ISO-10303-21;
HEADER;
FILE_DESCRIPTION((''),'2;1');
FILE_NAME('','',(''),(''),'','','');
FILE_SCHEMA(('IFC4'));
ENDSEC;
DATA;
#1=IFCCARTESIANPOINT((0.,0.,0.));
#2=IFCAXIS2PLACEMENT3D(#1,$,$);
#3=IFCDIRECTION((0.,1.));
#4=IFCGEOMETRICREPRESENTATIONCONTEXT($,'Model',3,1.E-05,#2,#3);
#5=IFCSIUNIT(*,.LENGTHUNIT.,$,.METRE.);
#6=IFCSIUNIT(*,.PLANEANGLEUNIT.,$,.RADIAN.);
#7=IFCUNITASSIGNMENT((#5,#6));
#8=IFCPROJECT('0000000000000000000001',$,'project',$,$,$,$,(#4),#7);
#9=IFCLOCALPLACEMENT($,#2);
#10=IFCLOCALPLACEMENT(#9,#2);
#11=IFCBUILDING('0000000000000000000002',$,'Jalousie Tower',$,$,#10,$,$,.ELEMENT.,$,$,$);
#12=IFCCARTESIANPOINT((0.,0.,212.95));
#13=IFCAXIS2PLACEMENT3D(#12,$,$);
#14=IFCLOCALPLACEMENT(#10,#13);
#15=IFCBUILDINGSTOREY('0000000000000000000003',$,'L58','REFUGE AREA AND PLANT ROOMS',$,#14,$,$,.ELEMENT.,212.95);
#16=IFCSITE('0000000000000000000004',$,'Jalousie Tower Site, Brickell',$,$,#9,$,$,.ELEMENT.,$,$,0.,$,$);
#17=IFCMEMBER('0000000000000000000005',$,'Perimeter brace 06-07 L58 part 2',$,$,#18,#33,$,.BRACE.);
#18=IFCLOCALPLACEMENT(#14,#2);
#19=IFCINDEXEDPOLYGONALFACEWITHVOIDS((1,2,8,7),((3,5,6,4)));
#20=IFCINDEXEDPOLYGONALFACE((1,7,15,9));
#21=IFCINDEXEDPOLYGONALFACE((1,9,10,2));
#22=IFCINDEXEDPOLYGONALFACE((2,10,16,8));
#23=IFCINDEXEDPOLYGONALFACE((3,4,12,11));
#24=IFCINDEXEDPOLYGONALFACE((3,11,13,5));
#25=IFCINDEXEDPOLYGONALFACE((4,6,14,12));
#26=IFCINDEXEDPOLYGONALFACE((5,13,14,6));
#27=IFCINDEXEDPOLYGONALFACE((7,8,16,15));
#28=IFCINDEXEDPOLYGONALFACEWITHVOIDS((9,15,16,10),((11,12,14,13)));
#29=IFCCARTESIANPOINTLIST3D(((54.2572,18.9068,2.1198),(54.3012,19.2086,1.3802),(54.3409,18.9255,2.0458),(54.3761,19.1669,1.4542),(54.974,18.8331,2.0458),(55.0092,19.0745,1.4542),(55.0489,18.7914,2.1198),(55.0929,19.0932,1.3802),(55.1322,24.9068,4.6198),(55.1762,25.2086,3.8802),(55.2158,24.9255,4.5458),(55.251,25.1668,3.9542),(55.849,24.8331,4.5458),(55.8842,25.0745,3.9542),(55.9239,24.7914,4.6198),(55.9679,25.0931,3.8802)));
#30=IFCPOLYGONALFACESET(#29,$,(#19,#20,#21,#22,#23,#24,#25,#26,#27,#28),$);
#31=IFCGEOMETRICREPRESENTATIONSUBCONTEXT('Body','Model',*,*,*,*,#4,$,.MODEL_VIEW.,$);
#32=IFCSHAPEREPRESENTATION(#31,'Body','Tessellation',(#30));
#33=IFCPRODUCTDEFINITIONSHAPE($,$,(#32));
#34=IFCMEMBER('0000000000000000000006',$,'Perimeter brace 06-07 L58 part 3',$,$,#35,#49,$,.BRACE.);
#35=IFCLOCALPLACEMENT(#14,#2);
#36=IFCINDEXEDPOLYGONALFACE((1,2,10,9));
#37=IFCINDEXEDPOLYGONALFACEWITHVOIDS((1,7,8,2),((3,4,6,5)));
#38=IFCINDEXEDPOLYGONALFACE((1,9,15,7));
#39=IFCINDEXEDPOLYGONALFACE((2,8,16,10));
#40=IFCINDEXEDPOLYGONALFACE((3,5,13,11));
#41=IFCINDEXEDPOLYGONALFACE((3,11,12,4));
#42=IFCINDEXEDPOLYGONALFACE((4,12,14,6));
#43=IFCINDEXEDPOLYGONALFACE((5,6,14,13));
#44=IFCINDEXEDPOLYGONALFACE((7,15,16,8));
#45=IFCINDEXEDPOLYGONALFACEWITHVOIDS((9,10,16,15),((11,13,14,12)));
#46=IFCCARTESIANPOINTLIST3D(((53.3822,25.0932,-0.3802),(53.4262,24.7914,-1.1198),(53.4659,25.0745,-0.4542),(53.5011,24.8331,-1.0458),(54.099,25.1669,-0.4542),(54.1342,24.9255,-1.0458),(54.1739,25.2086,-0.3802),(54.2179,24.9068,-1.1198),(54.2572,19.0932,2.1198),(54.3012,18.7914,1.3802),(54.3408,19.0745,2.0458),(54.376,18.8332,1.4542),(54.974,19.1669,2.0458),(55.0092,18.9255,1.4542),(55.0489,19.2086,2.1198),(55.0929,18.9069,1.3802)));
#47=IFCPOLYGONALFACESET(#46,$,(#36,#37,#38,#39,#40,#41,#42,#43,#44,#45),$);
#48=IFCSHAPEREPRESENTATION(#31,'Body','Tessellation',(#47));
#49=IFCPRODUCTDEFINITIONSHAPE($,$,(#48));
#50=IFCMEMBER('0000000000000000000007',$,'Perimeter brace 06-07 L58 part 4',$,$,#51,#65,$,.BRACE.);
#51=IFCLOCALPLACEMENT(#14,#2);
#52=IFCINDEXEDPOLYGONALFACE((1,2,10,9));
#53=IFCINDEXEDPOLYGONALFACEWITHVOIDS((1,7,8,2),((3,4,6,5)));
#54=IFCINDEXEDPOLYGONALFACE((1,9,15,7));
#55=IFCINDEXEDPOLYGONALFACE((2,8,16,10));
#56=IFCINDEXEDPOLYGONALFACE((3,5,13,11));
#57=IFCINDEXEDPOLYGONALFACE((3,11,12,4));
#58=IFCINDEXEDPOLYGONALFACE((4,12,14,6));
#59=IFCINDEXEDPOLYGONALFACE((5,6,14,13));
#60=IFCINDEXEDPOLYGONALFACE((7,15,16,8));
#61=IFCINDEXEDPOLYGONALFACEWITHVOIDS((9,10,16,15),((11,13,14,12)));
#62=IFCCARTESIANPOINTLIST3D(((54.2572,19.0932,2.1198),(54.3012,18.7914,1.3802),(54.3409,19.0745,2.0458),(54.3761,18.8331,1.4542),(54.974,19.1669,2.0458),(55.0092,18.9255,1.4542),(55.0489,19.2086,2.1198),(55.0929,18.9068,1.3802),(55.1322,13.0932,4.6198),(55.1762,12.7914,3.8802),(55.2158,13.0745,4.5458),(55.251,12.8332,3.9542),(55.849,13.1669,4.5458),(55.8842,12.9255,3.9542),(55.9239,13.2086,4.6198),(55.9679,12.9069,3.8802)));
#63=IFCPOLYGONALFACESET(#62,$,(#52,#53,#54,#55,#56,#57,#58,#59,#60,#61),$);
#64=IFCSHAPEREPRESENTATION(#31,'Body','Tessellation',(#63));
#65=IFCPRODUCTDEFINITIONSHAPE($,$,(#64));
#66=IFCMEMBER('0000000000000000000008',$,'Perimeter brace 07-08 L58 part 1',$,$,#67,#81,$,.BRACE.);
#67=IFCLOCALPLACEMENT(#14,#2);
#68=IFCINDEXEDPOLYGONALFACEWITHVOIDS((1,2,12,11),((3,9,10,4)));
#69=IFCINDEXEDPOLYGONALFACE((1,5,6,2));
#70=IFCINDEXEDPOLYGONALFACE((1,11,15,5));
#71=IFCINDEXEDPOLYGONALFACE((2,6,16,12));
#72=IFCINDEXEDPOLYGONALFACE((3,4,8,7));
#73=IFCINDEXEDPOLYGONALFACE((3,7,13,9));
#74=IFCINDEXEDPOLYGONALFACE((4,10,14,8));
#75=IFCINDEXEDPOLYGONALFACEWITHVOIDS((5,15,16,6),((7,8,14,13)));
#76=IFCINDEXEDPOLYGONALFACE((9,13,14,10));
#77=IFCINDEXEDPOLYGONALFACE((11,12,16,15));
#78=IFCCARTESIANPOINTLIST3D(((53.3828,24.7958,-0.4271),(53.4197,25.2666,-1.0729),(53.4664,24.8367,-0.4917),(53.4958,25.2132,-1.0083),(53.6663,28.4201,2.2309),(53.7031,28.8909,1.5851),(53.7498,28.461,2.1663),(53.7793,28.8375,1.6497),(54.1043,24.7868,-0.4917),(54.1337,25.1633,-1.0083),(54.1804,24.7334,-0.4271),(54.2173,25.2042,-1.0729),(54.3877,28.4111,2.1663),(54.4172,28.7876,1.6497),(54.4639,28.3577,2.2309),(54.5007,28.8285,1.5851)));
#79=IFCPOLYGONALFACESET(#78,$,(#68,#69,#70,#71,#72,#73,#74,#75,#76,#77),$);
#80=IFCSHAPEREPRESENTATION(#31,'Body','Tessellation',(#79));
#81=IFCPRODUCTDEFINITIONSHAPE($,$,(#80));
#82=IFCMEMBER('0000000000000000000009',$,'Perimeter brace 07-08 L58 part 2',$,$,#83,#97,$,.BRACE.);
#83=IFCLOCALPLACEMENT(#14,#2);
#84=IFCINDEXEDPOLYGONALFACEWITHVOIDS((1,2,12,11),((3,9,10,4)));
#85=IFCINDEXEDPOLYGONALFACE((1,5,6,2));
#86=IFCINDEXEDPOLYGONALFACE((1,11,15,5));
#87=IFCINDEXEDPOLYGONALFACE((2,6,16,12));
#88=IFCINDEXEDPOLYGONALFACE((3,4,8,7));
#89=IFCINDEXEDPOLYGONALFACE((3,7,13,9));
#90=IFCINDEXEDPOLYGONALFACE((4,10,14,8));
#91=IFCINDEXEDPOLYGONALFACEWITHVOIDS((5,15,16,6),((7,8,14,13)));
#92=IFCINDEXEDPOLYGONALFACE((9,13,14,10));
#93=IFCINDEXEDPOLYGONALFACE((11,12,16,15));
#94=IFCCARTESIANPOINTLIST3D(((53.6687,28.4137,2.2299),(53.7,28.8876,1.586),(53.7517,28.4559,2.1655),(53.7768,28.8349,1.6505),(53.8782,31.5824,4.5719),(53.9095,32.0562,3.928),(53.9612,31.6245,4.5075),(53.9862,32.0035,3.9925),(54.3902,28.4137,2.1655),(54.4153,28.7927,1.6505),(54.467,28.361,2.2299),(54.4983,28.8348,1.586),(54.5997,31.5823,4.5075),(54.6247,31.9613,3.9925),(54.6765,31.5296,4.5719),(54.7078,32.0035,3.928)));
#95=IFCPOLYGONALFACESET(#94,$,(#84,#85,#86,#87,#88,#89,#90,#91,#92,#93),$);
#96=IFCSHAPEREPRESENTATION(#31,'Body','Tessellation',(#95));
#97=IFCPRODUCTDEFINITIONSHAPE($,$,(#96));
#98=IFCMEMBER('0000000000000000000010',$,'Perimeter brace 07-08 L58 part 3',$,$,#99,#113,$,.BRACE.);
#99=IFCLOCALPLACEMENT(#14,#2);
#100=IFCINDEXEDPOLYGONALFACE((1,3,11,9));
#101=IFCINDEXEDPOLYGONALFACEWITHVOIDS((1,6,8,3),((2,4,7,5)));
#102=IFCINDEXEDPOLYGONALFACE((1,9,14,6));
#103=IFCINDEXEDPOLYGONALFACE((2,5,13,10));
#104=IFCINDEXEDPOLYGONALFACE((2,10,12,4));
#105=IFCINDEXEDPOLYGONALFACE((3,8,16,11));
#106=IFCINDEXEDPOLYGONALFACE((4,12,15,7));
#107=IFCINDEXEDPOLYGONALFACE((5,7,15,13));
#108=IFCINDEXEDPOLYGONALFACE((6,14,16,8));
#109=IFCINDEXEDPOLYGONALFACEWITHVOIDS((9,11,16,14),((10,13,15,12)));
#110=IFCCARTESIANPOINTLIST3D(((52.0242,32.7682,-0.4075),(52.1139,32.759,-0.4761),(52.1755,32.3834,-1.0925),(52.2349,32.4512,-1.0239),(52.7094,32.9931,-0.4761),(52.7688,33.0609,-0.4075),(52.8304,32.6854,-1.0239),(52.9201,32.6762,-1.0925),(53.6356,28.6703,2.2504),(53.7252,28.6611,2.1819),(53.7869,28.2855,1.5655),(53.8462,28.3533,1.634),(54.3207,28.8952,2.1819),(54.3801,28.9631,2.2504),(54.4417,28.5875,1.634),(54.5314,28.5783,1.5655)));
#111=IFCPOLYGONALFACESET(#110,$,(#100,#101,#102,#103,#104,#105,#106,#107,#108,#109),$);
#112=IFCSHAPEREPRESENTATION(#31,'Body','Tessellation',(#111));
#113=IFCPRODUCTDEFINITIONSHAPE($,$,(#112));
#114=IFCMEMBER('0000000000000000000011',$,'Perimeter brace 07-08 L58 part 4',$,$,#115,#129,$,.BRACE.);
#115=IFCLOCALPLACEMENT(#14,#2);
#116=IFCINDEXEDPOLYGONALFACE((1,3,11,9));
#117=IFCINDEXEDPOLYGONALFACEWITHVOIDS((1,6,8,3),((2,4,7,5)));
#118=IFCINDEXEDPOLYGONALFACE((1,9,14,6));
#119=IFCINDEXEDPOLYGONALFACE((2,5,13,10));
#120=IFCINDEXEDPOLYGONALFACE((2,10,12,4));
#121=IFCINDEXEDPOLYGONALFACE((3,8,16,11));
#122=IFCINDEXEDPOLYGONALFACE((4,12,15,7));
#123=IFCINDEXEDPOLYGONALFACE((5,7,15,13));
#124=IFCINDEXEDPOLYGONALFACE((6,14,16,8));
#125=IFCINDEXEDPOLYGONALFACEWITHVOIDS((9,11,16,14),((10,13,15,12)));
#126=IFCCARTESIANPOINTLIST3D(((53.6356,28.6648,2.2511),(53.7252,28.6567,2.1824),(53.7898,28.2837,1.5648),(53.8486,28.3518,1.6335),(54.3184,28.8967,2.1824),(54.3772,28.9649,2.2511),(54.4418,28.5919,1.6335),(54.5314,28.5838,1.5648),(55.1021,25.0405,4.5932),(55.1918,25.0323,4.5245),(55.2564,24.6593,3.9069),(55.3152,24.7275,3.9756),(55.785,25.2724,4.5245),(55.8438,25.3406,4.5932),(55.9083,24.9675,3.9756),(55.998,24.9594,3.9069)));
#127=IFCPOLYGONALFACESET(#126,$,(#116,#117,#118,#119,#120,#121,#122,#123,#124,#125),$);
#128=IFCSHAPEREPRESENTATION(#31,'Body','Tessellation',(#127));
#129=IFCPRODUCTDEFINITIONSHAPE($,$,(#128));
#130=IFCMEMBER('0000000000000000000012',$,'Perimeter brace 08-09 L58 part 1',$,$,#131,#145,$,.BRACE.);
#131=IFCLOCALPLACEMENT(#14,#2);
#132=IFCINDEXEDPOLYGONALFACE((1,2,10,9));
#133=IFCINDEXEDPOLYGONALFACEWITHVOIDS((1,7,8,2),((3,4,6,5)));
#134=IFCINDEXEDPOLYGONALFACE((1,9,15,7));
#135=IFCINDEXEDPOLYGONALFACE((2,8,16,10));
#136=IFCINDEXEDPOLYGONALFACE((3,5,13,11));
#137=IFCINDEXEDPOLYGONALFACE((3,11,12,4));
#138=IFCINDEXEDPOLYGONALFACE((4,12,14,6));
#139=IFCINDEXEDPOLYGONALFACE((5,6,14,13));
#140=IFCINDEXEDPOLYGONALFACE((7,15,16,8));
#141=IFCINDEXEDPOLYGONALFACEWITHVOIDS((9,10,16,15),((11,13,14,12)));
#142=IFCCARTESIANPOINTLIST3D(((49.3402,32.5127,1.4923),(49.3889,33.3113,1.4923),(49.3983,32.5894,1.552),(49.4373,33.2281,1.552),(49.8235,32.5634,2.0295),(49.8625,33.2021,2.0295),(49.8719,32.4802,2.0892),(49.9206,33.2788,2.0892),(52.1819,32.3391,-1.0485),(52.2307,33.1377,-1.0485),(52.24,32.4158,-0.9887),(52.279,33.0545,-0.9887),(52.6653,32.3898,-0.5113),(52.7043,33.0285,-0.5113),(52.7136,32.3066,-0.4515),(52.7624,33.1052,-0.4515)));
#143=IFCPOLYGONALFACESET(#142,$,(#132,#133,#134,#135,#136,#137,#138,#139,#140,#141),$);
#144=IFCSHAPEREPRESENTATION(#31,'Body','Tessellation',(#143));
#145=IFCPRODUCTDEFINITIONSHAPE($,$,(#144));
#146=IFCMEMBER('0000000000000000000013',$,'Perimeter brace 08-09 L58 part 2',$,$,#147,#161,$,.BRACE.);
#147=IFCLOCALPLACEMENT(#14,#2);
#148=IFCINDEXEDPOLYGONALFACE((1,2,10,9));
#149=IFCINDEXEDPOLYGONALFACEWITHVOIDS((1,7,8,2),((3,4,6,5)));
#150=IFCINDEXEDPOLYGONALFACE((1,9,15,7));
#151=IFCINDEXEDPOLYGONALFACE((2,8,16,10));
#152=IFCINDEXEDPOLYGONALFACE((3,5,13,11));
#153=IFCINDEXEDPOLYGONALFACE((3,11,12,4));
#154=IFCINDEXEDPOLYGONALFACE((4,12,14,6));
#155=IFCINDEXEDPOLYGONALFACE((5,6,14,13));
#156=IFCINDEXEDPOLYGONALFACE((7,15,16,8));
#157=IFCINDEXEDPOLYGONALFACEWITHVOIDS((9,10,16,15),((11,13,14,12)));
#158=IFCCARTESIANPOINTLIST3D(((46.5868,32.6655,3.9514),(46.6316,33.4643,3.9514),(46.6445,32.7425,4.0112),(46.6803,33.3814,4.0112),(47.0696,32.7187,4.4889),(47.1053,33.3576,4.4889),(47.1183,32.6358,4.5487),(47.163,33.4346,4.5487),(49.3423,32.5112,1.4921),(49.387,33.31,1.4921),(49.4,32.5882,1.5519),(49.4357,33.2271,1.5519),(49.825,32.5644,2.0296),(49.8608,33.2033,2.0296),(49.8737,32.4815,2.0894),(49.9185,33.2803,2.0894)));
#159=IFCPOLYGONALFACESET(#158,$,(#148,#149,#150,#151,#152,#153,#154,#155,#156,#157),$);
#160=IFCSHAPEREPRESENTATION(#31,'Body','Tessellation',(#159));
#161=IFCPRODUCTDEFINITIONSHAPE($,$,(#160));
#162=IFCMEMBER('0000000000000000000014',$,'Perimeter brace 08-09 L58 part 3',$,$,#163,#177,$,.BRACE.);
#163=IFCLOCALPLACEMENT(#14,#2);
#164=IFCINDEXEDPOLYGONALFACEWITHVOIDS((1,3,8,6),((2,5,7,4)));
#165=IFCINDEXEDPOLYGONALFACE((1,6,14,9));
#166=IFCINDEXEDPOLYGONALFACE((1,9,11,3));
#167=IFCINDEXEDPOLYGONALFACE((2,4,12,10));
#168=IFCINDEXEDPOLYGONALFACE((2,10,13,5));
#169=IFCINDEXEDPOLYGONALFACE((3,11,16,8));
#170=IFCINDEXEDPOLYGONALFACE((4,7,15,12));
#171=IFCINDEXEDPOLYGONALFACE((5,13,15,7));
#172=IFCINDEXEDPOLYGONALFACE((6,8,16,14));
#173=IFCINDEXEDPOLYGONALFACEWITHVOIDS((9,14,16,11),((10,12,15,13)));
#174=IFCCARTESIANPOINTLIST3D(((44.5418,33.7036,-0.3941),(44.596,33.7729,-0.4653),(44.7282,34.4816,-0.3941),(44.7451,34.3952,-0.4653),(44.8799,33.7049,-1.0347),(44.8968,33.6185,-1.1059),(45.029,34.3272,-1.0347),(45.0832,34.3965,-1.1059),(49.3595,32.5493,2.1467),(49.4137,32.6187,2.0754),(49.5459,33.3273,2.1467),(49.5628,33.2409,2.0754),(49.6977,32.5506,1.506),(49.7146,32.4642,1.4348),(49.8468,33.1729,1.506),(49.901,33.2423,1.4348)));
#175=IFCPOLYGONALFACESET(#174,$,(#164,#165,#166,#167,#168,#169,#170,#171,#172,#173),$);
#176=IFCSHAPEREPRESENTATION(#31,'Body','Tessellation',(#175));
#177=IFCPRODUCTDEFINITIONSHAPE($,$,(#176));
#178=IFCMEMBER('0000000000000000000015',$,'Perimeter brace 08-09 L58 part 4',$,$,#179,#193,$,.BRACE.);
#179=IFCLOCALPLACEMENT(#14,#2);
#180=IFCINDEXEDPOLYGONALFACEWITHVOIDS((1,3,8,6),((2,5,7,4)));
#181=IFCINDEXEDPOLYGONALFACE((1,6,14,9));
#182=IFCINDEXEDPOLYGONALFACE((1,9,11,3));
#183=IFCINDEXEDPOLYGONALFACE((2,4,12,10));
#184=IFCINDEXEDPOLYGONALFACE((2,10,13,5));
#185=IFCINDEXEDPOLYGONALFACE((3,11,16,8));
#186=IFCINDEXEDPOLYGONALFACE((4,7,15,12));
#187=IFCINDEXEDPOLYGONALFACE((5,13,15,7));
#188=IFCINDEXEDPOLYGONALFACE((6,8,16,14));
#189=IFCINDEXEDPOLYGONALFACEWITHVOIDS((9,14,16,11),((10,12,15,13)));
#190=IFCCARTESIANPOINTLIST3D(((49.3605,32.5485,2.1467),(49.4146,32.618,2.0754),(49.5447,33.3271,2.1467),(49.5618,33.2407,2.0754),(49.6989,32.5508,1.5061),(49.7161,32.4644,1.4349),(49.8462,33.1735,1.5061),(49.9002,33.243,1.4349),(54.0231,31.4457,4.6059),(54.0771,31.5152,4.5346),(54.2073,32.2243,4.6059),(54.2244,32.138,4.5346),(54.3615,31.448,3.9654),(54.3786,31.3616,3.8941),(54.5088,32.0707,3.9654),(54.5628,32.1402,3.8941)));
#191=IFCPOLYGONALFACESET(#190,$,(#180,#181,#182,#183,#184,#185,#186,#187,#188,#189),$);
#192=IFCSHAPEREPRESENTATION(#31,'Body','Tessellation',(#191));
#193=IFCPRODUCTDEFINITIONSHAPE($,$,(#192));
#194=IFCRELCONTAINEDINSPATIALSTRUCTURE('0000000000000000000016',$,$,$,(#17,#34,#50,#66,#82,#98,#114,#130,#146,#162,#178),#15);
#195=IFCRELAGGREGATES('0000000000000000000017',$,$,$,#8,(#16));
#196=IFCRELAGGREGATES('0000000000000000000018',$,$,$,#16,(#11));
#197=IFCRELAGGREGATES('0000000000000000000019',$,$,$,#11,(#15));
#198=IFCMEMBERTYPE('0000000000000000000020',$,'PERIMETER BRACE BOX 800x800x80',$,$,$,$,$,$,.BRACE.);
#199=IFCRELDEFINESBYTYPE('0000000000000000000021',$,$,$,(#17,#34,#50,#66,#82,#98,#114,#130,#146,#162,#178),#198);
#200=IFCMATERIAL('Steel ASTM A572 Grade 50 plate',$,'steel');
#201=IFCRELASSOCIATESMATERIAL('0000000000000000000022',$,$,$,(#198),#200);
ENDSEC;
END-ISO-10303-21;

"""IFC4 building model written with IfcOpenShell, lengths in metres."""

from ifc_helpers import new_model, si_unit, direction, frame, origin, origin_2d, place, context, subcontext, project, spatial, hollow_rectangle, extrude, material, material_profile, profile_set, type_object, element, save


model = new_model("IFC4")

# Units and contexts
model_context = context("Model", 3, precision=1e-05, world=origin(), true_north=direction((0.0, 1.0)))
body_context = subcontext(model_context, "Body", "Model", "MODEL_VIEW")
ifc_project = project(units=[si_unit("LENGTHUNIT", "METRE"), si_unit("PLANEANGLEUNIT", "RADIAN")], contexts=[model_context])

# Site, building, storey
site_placement = place(None, origin())
site = spatial("IfcSite", under=ifc_project, at=site_placement, Name="Jalousie Tower Site, Brickell", CompositionType="ELEMENT", RefElevation=0.0)
building_placement = place(site_placement, origin())
building = spatial("IfcBuilding", under=site, at=building_placement, Name="Jalousie Tower", CompositionType="ELEMENT")
storey_placement = place(building_placement, frame((0.0, 0.0, 212.95)))
storey = spatial("IfcBuildingStorey", under=building, at=storey_placement, Name="L58", Description="REFUGE AREA AND PLANT ROOMS", CompositionType="ELEMENT", Elevation=212.95)

# Members
ifc_material_1 = material(Name="Steel ASTM A572 Grade 50 plate", Category="steel")
ifc_material_profile_1 = material_profile(ifc_material_1, hollow_rectangle(XDim=0.8, YDim=0.8, WallThickness=0.0801, at=origin_2d()), Name="BOX 800x800x80")
ifc_profile_set_1 = profile_set([ifc_material_profile_1], Name="Steel ASTM A572 Grade 50 plate")
member_type_1 = type_object("IfcMemberType", Name="PERIMETER BRACE BOX 800x800x80", PredefinedType="BRACE", material=ifc_profile_set_1)
for number, where, z_axis, x_axis, name in (
    (1, (54.675, 19.0, 1.75), (0.133412, 0.914825, 0.381177), (-0.989533, 0.144307, 0.0), "Perimeter brace 06-07 L58 part 2"),
    (2, (53.8, 25.0, -0.75), (0.133412, -0.914825, 0.381177), (0.989533, 0.144307, 0.0), "Perimeter brace 06-07 L58 part 3"),
    (3, (54.675, 19.0, 1.75), (0.133412, -0.914825, 0.381177), (0.989533, 0.144307, 0.0), "Perimeter brace 06-07 L58 part 4"),
):
    element("IfcMember", number, at=place(storey_placement, frame(where, z_axis=z_axis, x_axis=x_axis)), inside=storey, type_object=member_type_1, Name=name, PredefinedType="BRACE", context=body_context, shape_type="SweptSolid", body=[
        extrude(hollow_rectangle(XDim=0.8, YDim=0.8, WallThickness=0.0801, at=origin_2d()), origin(), (0.0, 0.0, 1.0), 6.5586),
    ])
member_1_placement = place(storey_placement, frame((53.8, 25.0, -0.75), z_axis=(0.062941, 0.804789, 0.590215), x_axis=(-0.996956, 0.07797, 0.0)))
element("IfcMember", 4, at=member_1_placement, inside=storey, type_object=member_type_1, Name="Perimeter brace 07-08 L58 part 1", PredefinedType="BRACE", context=body_context, shape_type="SweptSolid", body=[
    extrude(hollow_rectangle(XDim=0.8, YDim=0.8, WallThickness=0.0801, at=origin_2d()), origin(), (0.0, 0.0, 1.0), 4.5034),
])
member_2_placement = place(storey_placement, frame((54.0835, 28.6243, 1.908), z_axis=(0.053087, 0.803047, 0.593546), x_axis=(-0.997822, 0.065963, 0.0)))
element("IfcMember", 5, at=member_2_placement, inside=storey, type_object=member_type_1, Name="Perimeter brace 07-08 L58 part 2", PredefinedType="BRACE", context=body_context, shape_type="SweptSolid", body=[
    extrude(hollow_rectangle(XDim=0.8, YDim=0.8, WallThickness=0.0801, at=origin_2d()), origin(), (0.0, 0.0, 1.0), 3.9458),
])
member_3_placement = place(storey_placement, frame((52.4722, 32.7222, -0.75), z_axis=(0.313285, -0.79674, 0.516777), x_axis=(0.93064, 0.365935, 0.0)))
element("IfcMember", 6, at=member_3_placement, inside=storey, type_object=member_type_1, Name="Perimeter brace 07-08 L58 part 3", PredefinedType="BRACE", context=body_context, shape_type="SweptSolid", body=[
    extrude(hollow_rectangle(XDim=0.8, YDim=0.8, WallThickness=0.0801, at=origin_2d()), origin(), (0.0, 0.0, 1.0), 5.1433),
])
member_4_placement = place(storey_placement, frame((54.0835, 28.6243, 1.908), z_axis=(0.321785, -0.795223, 0.513882), x_axis=(0.926984, 0.375102, 0.0)))
element("IfcMember", 7, at=member_4_placement, inside=storey, type_object=member_type_1, Name="Perimeter brace 07-08 L58 part 4", PredefinedType="BRACE", context=body_context, shape_type="SweptSolid", body=[
    extrude(hollow_rectangle(XDim=0.8, YDim=0.8, WallThickness=0.0801, at=origin_2d()), origin(), (0.0, 0.0, 1.0), 4.5576),
])
member_5_placement = place(storey_placement, frame((52.4722, 32.7222, -0.75), z_axis=(-0.744716, 0.045489, 0.66583), x_axis=(-0.060969, -0.99814, 0.0)))
element("IfcMember", 8, at=member_5_placement, inside=storey, type_object=member_type_1, Name="Perimeter brace 08-09 L58 part 1", PredefinedType="BRACE", context=body_context, shape_type="SweptSolid", body=[
    extrude(hollow_rectangle(XDim=0.8, YDim=0.8, WallThickness=0.0801, at=origin_2d()), origin(), (0.0, 0.0, 1.0), 3.8159),
])
member_6_placement = place(storey_placement, frame((49.6304, 32.8958, 1.7908), z_axis=(-0.745412, 0.041742, 0.665296), x_axis=(-0.055911, -0.998436, 0.0)))
element("IfcMember", 9, at=member_6_placement, inside=storey, type_object=member_type_1, Name="Perimeter brace 08-09 L58 part 2", PredefinedType="BRACE", context=body_context, shape_type="SweptSolid", body=[
    extrude(hollow_rectangle(XDim=0.8, YDim=0.8, WallThickness=0.0801, at=origin_2d()), origin(), (0.0, 0.0, 1.0), 3.6965),
])
member_7_placement = place(storey_placement, frame((44.8125, 34.05, -0.75), z_axis=(0.865318, -0.207318, 0.456337), x_axis=(0.232993, 0.972478, 0.0)))
element("IfcMember", 10, at=member_7_placement, inside=storey, type_object=member_type_1, Name="Perimeter brace 08-09 L58 part 3", PredefinedType="BRACE", context=body_context, shape_type="SweptSolid", body=[
    extrude(hollow_rectangle(XDim=0.8, YDim=0.8, WallThickness=0.0801, at=origin_2d()), origin(), (0.0, 0.0, 1.0), 5.5676),
])
member_8_placement = place(storey_placement, frame((49.6304, 32.8958, 1.7908), z_axis=(0.865767, -0.204768, 0.456638), x_axis=(0.230167, 0.973151, 0.0)))
element("IfcMember", 11, at=member_8_placement, inside=storey, type_object=member_type_1, Name="Perimeter brace 08-09 L58 part 4", PredefinedType="BRACE", context=body_context, shape_type="SweptSolid", body=[
    extrude(hollow_rectangle(XDim=0.8, YDim=0.8, WallThickness=0.0801, at=origin_2d()), origin(), (0.0, 0.0, 1.0), 5.3855),
])

save(model, "model.ifc")
